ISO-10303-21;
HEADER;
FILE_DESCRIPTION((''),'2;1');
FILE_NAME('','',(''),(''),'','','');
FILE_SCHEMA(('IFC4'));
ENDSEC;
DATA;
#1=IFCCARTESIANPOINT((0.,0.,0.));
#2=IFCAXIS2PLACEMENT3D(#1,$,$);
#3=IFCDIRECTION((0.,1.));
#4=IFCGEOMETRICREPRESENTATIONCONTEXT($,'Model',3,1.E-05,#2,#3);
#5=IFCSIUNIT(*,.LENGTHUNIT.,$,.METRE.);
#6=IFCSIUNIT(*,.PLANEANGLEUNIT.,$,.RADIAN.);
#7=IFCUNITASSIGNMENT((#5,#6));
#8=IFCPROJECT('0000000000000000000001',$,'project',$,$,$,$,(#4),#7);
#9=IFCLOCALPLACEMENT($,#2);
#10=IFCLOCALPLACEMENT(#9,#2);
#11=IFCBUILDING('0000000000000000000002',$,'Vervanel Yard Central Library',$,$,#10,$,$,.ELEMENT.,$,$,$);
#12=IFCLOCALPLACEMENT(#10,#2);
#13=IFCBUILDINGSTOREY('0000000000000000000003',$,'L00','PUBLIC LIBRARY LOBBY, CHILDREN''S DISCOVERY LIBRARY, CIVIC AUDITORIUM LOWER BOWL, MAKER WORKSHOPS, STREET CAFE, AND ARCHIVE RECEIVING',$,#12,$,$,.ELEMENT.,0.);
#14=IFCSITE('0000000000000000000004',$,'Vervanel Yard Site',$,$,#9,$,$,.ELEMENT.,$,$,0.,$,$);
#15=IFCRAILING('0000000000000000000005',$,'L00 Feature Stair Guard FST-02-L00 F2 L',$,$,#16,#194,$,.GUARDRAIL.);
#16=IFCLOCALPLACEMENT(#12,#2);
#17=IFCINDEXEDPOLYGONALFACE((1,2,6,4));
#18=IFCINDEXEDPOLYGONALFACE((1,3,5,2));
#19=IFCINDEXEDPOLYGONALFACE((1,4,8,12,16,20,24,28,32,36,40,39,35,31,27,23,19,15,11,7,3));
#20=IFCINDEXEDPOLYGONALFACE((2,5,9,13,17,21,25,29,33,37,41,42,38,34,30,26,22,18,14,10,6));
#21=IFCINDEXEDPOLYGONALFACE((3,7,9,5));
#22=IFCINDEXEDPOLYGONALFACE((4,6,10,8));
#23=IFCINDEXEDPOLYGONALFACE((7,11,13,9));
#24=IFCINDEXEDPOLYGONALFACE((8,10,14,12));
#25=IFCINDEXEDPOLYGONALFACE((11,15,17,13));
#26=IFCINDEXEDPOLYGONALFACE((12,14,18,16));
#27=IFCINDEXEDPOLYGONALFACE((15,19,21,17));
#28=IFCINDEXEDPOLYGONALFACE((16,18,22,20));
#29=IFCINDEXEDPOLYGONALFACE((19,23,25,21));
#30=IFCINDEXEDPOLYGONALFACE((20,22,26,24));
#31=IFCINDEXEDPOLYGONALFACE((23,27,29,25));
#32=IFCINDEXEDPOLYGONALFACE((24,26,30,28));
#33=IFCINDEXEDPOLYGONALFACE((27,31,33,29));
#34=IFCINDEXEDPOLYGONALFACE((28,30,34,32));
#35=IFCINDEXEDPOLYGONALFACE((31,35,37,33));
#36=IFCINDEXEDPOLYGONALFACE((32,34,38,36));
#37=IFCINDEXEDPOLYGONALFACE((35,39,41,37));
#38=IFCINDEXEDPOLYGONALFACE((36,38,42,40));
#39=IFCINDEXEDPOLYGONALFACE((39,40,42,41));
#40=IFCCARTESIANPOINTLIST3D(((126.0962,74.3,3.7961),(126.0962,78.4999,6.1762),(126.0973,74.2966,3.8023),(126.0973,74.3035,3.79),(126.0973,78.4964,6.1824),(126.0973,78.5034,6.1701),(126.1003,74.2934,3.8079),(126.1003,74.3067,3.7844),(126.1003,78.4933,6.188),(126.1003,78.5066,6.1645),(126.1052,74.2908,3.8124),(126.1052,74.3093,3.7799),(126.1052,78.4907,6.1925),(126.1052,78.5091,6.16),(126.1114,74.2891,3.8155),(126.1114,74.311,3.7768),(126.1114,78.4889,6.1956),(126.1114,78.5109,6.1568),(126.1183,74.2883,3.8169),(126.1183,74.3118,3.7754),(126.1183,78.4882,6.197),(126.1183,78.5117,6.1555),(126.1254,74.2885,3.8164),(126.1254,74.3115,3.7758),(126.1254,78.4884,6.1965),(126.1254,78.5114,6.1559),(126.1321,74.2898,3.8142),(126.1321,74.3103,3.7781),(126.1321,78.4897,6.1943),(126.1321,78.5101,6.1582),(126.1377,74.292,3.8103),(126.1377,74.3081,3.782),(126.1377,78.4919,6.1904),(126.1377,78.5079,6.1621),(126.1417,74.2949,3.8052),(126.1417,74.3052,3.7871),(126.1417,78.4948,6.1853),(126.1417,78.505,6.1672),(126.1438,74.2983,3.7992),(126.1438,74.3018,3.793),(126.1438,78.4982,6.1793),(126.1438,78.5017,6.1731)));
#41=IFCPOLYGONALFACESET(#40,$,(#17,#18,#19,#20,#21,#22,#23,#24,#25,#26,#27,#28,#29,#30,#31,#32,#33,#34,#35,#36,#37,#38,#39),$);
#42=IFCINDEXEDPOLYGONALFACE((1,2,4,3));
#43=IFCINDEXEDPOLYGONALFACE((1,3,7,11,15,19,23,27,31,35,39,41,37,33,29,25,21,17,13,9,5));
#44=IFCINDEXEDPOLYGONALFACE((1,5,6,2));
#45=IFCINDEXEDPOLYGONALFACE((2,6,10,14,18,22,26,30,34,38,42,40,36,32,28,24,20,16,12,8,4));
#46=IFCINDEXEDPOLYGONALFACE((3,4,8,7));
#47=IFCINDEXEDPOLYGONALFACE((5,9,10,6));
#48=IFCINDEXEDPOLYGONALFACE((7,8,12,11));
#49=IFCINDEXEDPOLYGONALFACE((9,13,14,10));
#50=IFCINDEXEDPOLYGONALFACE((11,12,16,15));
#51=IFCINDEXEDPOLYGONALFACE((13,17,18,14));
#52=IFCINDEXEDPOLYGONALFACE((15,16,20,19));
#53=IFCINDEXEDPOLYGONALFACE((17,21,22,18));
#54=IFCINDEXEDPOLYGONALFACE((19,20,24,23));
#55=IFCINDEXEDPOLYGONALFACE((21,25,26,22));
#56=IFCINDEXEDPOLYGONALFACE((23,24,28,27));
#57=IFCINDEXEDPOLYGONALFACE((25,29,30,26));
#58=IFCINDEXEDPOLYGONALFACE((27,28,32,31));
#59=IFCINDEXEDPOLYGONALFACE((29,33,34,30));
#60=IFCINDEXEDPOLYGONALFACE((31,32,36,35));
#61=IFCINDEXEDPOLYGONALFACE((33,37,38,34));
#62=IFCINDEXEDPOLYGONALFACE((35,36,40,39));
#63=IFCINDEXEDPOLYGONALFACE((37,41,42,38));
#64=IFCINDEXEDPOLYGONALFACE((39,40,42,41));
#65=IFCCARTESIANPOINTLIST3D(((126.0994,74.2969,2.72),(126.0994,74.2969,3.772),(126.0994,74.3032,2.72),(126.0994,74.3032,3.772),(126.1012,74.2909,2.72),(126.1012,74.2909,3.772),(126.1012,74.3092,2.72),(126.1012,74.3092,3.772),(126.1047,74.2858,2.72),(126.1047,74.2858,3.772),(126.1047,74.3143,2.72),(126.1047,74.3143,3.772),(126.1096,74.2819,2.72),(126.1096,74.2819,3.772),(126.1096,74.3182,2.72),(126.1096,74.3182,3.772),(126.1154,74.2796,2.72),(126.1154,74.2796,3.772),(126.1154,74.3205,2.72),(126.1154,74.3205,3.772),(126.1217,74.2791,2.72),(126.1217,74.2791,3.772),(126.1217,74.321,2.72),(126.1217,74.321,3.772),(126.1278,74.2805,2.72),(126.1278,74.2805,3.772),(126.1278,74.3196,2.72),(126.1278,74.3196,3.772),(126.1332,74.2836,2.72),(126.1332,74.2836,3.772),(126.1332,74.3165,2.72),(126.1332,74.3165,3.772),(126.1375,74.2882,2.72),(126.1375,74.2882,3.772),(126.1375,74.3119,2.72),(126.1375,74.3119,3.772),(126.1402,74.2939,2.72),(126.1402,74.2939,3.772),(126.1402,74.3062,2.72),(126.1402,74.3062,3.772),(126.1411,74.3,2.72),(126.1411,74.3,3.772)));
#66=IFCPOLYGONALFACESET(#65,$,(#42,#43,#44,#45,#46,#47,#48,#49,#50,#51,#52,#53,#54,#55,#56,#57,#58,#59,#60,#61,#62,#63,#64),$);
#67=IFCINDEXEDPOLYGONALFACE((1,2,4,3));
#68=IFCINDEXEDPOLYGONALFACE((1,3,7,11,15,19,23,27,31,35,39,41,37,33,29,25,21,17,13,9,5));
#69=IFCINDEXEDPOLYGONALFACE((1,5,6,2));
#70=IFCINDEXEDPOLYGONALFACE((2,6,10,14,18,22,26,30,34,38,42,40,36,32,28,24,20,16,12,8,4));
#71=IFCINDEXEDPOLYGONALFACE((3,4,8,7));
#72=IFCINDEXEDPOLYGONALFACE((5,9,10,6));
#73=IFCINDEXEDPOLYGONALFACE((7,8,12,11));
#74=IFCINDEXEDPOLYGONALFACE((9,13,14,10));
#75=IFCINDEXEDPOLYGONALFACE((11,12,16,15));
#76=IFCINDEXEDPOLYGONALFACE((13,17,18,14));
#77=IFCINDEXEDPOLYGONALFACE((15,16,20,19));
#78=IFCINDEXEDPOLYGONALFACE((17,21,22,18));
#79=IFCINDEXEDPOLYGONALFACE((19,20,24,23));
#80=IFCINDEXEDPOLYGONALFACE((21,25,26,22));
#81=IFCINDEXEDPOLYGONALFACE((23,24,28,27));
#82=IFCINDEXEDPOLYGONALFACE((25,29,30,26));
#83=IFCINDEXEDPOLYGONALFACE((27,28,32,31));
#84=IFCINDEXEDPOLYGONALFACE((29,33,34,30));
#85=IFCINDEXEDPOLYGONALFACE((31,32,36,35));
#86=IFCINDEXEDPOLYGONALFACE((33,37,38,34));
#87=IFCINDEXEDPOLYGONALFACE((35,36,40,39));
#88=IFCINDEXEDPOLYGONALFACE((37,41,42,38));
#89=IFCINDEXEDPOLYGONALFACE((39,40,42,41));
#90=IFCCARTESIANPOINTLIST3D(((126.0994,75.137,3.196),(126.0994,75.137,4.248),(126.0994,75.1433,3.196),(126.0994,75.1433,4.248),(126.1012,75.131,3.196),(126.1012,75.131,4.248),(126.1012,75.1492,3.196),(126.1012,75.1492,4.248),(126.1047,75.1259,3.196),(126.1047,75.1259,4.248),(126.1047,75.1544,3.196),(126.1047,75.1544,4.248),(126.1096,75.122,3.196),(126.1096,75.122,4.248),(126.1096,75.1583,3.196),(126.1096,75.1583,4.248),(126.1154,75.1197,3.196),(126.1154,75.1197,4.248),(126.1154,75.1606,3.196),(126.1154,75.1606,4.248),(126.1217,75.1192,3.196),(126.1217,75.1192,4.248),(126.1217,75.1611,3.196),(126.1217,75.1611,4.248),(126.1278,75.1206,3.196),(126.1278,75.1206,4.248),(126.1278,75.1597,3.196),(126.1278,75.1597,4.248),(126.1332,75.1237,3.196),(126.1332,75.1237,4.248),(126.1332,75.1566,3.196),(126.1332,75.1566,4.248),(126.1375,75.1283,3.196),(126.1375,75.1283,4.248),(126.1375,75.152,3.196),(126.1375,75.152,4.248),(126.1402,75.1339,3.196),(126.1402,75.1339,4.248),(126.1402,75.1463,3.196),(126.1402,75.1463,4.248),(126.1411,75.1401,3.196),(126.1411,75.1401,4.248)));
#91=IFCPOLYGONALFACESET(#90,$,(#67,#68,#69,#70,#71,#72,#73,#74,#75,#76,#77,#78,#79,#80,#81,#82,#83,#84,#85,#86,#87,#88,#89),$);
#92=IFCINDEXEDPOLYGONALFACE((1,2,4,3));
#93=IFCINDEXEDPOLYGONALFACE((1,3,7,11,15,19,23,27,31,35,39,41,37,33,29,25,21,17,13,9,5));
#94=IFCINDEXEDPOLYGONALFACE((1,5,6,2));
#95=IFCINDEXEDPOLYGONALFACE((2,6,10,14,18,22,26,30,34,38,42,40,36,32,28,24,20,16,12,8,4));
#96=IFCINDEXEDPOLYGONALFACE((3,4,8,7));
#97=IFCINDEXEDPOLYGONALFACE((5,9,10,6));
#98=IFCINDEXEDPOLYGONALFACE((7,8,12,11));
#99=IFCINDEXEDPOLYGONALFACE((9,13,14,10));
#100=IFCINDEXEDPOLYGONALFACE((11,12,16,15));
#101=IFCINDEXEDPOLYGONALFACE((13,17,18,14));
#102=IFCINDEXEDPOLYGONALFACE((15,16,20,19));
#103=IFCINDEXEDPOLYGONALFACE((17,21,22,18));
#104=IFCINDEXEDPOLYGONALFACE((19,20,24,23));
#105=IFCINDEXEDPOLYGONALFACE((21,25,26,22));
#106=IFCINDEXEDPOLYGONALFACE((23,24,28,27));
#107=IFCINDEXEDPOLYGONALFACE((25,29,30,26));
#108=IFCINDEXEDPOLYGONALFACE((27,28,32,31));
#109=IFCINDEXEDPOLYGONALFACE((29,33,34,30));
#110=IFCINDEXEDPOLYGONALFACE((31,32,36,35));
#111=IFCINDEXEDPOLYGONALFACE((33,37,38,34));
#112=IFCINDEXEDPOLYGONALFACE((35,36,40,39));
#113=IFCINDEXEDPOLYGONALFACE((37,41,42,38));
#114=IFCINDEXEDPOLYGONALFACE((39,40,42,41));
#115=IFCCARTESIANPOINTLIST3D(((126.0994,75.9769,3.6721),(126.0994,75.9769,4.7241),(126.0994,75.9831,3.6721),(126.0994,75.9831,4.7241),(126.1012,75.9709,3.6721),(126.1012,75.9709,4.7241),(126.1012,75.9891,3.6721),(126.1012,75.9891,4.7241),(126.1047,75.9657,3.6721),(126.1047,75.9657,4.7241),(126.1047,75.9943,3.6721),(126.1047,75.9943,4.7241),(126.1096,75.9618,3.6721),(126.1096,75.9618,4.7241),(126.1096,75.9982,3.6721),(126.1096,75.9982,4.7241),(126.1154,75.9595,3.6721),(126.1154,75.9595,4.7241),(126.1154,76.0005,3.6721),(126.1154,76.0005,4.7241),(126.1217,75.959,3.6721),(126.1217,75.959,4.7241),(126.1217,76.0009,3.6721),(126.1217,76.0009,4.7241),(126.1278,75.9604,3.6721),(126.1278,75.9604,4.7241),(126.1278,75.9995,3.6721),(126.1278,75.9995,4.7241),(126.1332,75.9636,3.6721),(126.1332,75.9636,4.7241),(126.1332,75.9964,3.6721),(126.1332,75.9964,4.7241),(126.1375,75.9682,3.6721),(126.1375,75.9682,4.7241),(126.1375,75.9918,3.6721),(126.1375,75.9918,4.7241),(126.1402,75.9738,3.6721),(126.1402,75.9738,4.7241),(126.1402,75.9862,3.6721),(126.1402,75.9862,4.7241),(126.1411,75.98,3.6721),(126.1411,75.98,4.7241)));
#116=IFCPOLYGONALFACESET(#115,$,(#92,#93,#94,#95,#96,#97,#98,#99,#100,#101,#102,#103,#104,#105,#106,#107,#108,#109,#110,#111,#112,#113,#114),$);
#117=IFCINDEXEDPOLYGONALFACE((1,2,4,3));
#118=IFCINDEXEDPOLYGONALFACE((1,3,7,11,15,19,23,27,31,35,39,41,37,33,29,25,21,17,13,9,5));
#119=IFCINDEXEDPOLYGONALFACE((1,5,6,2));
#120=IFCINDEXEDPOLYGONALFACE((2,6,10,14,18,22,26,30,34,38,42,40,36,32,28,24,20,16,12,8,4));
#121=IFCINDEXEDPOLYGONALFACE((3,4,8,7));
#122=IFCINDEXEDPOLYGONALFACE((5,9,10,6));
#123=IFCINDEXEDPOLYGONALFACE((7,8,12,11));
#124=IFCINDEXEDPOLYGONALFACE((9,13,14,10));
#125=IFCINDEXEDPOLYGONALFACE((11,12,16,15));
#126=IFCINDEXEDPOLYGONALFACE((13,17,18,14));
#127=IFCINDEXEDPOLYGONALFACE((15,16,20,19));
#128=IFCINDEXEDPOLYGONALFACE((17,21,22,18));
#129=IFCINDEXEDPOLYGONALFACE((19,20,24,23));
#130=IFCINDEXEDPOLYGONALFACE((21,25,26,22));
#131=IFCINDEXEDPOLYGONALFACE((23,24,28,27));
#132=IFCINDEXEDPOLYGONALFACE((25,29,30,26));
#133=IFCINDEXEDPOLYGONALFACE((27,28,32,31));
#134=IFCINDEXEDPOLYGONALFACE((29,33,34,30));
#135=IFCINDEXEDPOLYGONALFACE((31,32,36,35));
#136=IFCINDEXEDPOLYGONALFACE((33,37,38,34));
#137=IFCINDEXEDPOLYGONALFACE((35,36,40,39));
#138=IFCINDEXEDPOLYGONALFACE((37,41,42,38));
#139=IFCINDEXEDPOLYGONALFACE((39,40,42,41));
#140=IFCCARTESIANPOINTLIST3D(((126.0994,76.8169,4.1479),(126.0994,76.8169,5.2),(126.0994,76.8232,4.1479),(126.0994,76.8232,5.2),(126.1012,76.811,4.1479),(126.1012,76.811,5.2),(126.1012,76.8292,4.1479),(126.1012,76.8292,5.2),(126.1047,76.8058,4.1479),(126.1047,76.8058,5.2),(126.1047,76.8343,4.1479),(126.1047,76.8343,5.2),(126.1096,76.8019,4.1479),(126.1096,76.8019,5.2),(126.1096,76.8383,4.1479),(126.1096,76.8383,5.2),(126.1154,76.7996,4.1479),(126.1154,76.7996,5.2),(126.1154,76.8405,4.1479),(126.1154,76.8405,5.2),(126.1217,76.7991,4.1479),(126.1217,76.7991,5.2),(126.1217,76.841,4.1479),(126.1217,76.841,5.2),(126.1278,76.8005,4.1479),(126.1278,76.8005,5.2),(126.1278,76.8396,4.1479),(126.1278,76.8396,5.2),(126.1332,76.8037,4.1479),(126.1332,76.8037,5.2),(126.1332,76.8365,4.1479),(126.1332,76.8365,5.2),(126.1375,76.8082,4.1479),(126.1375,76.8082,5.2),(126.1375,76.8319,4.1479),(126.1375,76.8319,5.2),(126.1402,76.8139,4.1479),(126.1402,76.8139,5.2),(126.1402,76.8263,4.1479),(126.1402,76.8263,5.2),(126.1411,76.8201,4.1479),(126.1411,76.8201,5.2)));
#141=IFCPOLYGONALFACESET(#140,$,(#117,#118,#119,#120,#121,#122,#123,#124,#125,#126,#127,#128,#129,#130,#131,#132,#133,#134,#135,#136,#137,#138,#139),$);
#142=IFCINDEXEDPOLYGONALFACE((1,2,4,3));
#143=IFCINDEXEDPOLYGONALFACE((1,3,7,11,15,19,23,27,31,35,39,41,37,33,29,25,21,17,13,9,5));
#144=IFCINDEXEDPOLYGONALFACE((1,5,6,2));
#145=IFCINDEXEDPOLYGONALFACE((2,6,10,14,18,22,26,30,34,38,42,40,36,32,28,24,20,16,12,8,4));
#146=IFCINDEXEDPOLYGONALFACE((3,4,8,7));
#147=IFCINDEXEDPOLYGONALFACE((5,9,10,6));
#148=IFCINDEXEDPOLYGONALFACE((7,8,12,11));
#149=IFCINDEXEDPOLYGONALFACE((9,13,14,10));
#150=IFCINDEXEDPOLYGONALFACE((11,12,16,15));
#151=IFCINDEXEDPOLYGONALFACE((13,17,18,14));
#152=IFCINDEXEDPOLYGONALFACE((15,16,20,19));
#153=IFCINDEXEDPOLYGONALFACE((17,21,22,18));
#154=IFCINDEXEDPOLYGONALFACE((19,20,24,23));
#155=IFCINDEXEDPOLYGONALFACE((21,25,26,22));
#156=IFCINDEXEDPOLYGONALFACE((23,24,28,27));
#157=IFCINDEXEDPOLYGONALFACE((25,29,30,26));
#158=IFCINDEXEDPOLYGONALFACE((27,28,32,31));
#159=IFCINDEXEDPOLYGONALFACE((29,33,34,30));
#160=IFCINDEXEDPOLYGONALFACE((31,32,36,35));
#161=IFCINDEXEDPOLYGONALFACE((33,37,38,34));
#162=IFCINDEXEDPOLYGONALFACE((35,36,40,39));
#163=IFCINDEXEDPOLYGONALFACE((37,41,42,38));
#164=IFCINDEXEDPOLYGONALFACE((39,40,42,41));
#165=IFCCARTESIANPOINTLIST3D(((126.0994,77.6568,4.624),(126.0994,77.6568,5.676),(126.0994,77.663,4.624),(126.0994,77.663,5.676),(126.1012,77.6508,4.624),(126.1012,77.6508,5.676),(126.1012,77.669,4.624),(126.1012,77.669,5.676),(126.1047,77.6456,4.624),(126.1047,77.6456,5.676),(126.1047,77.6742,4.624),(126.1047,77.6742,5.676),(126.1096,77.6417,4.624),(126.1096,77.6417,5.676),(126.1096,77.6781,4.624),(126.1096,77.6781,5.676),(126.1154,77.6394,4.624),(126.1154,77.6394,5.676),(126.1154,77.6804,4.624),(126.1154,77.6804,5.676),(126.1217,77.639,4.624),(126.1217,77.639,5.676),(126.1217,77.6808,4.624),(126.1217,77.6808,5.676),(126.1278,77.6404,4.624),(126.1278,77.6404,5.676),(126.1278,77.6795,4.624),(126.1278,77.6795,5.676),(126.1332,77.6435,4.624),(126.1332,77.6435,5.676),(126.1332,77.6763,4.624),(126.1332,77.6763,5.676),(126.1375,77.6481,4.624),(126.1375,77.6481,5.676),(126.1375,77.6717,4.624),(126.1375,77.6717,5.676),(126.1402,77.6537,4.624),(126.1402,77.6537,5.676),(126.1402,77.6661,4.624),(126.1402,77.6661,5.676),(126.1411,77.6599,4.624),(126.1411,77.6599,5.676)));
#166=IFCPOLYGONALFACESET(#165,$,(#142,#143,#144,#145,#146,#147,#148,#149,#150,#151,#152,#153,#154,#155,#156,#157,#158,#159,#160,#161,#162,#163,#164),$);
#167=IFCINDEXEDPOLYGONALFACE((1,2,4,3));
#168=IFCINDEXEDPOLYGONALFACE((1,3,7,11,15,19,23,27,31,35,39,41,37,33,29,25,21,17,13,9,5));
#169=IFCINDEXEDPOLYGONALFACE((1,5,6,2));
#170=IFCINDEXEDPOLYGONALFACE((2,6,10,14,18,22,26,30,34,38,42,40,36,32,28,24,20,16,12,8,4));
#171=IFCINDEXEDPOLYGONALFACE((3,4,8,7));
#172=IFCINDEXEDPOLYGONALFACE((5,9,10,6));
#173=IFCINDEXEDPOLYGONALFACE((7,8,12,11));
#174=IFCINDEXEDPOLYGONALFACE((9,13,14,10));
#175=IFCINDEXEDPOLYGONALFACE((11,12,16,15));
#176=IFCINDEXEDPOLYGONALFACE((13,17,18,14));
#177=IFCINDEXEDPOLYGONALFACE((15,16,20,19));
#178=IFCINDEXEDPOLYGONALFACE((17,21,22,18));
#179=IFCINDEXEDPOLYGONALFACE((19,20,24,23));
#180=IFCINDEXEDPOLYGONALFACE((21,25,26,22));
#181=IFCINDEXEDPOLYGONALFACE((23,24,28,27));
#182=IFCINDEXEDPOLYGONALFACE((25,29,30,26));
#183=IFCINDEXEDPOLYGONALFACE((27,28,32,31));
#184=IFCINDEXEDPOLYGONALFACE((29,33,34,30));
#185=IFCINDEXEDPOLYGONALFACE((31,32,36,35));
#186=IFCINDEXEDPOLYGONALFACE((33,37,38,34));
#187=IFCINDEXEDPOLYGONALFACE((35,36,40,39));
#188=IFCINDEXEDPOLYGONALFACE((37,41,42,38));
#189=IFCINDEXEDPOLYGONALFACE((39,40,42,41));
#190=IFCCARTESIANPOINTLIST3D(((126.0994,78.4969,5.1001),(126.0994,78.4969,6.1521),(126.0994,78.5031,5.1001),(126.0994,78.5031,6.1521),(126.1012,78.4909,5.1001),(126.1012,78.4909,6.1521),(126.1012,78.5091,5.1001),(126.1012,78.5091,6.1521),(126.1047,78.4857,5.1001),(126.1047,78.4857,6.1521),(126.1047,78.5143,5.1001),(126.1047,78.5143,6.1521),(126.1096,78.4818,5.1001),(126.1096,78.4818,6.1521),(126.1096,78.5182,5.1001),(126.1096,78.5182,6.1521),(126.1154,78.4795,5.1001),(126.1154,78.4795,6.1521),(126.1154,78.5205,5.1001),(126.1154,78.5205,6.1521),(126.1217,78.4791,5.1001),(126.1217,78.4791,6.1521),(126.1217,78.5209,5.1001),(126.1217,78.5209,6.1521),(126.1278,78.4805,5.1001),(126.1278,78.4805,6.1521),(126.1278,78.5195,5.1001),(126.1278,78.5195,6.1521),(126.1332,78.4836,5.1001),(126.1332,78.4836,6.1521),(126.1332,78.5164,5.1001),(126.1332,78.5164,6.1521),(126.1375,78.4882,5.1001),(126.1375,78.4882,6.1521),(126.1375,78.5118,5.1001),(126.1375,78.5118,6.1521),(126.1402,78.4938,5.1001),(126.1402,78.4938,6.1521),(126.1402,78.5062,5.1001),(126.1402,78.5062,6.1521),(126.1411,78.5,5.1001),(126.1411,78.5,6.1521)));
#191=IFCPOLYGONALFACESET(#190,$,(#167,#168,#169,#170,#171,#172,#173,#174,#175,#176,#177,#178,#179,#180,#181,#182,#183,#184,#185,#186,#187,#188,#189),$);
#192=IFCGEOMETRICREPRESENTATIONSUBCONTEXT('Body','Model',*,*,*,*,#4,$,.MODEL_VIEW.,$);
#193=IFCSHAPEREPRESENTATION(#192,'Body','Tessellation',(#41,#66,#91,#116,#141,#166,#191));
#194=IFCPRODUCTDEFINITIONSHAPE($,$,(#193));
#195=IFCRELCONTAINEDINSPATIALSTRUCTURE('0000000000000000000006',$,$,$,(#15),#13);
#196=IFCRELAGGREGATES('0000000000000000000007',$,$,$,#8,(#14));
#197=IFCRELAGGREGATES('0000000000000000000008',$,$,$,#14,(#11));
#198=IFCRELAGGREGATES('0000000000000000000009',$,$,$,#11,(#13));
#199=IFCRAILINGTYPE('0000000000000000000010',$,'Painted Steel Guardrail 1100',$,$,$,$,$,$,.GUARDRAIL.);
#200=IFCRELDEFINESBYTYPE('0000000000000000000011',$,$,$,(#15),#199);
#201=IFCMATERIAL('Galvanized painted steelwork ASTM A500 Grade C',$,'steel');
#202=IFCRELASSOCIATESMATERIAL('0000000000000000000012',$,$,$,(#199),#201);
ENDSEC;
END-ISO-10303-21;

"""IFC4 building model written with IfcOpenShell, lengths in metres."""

from ifc_helpers import new_model, si_unit, direction, frame, origin, origin_2d, place, context, subcontext, project, spatial, circle, extrude, material, type_object, element, save


model = new_model("IFC4")

# Units and contexts
model_context = context("Model", 3, precision=1e-05, world=origin(), true_north=direction((0.0, 1.0)))
body_context = subcontext(model_context, "Body", "Model", "MODEL_VIEW")
ifc_project = project(units=[si_unit("LENGTHUNIT", "METRE"), si_unit("PLANEANGLEUNIT", "RADIAN")], contexts=[model_context])

# Site, building, storey
site_placement = place(None, origin())
site = spatial("IfcSite", under=ifc_project, at=site_placement, Name="Vervanel Yard Site", CompositionType="ELEMENT", RefElevation=0.0)
building_placement = place(site_placement, origin())
building = spatial("IfcBuilding", under=site, at=building_placement, Name="Vervanel Yard Central Library", CompositionType="ELEMENT")
storey_placement = place(building_placement, origin())
storey = spatial("IfcBuildingStorey", under=building, at=storey_placement, Name="L00", Description="PUBLIC LIBRARY LOBBY, CHILDREN'S DISCOVERY LIBRARY, CIVIC AUDITORIUM LOWER BOWL, MAKER WORKSHOPS, STREET CAFE, AND ARCHIVE RECEIVING", CompositionType="ELEMENT", Elevation=0.0)

# Railing
ifc_material_1 = material(Name="Galvanized painted steelwork ASTM A500 Grade C", Category="steel")
railing_type = type_object("IfcRailingType", Name="Painted Steel Guardrail 1100", PredefinedType="GUARDRAIL", material=ifc_material_1)
for number, where, name in (
    (1, (126.1201, 74.3, 2.72), "L00 Feature Stair Guard FST-02-L00 F2 L"),
):
    element("IfcRailing", number, at=place(storey_placement, frame(where)), inside=storey, type_object=railing_type, Name=name, PredefinedType="GUARDRAIL", context=body_context, shape_type="SweptSolid", body=[
        extrude(circle(Radius=0.0239, at=origin_2d()), frame((0.0, 0.0, 1.0762), z_axis=(0.0, 0.870008, 0.493037), x_axis=(-1.0, 0.0, 0.0)), (0.0, 0.0, 1.0), 4.8274),
        extrude(circle(Radius=0.021, at=origin_2d()), origin(), (0.0, 0.0, 1.0), 1.052),
        extrude(circle(Radius=0.021, at=origin_2d()), frame((0.0, 0.8401, 0.4761)), (0.0, 0.0, 1.0), 1.052),
        extrude(circle(Radius=0.021, at=origin_2d()), frame((0.0, 1.6799, 0.9521)), (0.0, 0.0, 1.0), 1.052),
        extrude(circle(Radius=0.021, at=origin_2d()), frame((0.0, 2.52, 1.428)), (0.0, 0.0, 1.0), 1.052),
        extrude(circle(Radius=0.021, at=origin_2d()), frame((0.0, 3.3599, 1.9041)), (0.0, 0.0, 1.0), 1.052),
        extrude(circle(Radius=0.021, at=origin_2d()), frame((0.0, 4.2, 2.3801)), (0.0, 0.0, 1.0), 1.052),
    ])

save(model, "model.ifc")
